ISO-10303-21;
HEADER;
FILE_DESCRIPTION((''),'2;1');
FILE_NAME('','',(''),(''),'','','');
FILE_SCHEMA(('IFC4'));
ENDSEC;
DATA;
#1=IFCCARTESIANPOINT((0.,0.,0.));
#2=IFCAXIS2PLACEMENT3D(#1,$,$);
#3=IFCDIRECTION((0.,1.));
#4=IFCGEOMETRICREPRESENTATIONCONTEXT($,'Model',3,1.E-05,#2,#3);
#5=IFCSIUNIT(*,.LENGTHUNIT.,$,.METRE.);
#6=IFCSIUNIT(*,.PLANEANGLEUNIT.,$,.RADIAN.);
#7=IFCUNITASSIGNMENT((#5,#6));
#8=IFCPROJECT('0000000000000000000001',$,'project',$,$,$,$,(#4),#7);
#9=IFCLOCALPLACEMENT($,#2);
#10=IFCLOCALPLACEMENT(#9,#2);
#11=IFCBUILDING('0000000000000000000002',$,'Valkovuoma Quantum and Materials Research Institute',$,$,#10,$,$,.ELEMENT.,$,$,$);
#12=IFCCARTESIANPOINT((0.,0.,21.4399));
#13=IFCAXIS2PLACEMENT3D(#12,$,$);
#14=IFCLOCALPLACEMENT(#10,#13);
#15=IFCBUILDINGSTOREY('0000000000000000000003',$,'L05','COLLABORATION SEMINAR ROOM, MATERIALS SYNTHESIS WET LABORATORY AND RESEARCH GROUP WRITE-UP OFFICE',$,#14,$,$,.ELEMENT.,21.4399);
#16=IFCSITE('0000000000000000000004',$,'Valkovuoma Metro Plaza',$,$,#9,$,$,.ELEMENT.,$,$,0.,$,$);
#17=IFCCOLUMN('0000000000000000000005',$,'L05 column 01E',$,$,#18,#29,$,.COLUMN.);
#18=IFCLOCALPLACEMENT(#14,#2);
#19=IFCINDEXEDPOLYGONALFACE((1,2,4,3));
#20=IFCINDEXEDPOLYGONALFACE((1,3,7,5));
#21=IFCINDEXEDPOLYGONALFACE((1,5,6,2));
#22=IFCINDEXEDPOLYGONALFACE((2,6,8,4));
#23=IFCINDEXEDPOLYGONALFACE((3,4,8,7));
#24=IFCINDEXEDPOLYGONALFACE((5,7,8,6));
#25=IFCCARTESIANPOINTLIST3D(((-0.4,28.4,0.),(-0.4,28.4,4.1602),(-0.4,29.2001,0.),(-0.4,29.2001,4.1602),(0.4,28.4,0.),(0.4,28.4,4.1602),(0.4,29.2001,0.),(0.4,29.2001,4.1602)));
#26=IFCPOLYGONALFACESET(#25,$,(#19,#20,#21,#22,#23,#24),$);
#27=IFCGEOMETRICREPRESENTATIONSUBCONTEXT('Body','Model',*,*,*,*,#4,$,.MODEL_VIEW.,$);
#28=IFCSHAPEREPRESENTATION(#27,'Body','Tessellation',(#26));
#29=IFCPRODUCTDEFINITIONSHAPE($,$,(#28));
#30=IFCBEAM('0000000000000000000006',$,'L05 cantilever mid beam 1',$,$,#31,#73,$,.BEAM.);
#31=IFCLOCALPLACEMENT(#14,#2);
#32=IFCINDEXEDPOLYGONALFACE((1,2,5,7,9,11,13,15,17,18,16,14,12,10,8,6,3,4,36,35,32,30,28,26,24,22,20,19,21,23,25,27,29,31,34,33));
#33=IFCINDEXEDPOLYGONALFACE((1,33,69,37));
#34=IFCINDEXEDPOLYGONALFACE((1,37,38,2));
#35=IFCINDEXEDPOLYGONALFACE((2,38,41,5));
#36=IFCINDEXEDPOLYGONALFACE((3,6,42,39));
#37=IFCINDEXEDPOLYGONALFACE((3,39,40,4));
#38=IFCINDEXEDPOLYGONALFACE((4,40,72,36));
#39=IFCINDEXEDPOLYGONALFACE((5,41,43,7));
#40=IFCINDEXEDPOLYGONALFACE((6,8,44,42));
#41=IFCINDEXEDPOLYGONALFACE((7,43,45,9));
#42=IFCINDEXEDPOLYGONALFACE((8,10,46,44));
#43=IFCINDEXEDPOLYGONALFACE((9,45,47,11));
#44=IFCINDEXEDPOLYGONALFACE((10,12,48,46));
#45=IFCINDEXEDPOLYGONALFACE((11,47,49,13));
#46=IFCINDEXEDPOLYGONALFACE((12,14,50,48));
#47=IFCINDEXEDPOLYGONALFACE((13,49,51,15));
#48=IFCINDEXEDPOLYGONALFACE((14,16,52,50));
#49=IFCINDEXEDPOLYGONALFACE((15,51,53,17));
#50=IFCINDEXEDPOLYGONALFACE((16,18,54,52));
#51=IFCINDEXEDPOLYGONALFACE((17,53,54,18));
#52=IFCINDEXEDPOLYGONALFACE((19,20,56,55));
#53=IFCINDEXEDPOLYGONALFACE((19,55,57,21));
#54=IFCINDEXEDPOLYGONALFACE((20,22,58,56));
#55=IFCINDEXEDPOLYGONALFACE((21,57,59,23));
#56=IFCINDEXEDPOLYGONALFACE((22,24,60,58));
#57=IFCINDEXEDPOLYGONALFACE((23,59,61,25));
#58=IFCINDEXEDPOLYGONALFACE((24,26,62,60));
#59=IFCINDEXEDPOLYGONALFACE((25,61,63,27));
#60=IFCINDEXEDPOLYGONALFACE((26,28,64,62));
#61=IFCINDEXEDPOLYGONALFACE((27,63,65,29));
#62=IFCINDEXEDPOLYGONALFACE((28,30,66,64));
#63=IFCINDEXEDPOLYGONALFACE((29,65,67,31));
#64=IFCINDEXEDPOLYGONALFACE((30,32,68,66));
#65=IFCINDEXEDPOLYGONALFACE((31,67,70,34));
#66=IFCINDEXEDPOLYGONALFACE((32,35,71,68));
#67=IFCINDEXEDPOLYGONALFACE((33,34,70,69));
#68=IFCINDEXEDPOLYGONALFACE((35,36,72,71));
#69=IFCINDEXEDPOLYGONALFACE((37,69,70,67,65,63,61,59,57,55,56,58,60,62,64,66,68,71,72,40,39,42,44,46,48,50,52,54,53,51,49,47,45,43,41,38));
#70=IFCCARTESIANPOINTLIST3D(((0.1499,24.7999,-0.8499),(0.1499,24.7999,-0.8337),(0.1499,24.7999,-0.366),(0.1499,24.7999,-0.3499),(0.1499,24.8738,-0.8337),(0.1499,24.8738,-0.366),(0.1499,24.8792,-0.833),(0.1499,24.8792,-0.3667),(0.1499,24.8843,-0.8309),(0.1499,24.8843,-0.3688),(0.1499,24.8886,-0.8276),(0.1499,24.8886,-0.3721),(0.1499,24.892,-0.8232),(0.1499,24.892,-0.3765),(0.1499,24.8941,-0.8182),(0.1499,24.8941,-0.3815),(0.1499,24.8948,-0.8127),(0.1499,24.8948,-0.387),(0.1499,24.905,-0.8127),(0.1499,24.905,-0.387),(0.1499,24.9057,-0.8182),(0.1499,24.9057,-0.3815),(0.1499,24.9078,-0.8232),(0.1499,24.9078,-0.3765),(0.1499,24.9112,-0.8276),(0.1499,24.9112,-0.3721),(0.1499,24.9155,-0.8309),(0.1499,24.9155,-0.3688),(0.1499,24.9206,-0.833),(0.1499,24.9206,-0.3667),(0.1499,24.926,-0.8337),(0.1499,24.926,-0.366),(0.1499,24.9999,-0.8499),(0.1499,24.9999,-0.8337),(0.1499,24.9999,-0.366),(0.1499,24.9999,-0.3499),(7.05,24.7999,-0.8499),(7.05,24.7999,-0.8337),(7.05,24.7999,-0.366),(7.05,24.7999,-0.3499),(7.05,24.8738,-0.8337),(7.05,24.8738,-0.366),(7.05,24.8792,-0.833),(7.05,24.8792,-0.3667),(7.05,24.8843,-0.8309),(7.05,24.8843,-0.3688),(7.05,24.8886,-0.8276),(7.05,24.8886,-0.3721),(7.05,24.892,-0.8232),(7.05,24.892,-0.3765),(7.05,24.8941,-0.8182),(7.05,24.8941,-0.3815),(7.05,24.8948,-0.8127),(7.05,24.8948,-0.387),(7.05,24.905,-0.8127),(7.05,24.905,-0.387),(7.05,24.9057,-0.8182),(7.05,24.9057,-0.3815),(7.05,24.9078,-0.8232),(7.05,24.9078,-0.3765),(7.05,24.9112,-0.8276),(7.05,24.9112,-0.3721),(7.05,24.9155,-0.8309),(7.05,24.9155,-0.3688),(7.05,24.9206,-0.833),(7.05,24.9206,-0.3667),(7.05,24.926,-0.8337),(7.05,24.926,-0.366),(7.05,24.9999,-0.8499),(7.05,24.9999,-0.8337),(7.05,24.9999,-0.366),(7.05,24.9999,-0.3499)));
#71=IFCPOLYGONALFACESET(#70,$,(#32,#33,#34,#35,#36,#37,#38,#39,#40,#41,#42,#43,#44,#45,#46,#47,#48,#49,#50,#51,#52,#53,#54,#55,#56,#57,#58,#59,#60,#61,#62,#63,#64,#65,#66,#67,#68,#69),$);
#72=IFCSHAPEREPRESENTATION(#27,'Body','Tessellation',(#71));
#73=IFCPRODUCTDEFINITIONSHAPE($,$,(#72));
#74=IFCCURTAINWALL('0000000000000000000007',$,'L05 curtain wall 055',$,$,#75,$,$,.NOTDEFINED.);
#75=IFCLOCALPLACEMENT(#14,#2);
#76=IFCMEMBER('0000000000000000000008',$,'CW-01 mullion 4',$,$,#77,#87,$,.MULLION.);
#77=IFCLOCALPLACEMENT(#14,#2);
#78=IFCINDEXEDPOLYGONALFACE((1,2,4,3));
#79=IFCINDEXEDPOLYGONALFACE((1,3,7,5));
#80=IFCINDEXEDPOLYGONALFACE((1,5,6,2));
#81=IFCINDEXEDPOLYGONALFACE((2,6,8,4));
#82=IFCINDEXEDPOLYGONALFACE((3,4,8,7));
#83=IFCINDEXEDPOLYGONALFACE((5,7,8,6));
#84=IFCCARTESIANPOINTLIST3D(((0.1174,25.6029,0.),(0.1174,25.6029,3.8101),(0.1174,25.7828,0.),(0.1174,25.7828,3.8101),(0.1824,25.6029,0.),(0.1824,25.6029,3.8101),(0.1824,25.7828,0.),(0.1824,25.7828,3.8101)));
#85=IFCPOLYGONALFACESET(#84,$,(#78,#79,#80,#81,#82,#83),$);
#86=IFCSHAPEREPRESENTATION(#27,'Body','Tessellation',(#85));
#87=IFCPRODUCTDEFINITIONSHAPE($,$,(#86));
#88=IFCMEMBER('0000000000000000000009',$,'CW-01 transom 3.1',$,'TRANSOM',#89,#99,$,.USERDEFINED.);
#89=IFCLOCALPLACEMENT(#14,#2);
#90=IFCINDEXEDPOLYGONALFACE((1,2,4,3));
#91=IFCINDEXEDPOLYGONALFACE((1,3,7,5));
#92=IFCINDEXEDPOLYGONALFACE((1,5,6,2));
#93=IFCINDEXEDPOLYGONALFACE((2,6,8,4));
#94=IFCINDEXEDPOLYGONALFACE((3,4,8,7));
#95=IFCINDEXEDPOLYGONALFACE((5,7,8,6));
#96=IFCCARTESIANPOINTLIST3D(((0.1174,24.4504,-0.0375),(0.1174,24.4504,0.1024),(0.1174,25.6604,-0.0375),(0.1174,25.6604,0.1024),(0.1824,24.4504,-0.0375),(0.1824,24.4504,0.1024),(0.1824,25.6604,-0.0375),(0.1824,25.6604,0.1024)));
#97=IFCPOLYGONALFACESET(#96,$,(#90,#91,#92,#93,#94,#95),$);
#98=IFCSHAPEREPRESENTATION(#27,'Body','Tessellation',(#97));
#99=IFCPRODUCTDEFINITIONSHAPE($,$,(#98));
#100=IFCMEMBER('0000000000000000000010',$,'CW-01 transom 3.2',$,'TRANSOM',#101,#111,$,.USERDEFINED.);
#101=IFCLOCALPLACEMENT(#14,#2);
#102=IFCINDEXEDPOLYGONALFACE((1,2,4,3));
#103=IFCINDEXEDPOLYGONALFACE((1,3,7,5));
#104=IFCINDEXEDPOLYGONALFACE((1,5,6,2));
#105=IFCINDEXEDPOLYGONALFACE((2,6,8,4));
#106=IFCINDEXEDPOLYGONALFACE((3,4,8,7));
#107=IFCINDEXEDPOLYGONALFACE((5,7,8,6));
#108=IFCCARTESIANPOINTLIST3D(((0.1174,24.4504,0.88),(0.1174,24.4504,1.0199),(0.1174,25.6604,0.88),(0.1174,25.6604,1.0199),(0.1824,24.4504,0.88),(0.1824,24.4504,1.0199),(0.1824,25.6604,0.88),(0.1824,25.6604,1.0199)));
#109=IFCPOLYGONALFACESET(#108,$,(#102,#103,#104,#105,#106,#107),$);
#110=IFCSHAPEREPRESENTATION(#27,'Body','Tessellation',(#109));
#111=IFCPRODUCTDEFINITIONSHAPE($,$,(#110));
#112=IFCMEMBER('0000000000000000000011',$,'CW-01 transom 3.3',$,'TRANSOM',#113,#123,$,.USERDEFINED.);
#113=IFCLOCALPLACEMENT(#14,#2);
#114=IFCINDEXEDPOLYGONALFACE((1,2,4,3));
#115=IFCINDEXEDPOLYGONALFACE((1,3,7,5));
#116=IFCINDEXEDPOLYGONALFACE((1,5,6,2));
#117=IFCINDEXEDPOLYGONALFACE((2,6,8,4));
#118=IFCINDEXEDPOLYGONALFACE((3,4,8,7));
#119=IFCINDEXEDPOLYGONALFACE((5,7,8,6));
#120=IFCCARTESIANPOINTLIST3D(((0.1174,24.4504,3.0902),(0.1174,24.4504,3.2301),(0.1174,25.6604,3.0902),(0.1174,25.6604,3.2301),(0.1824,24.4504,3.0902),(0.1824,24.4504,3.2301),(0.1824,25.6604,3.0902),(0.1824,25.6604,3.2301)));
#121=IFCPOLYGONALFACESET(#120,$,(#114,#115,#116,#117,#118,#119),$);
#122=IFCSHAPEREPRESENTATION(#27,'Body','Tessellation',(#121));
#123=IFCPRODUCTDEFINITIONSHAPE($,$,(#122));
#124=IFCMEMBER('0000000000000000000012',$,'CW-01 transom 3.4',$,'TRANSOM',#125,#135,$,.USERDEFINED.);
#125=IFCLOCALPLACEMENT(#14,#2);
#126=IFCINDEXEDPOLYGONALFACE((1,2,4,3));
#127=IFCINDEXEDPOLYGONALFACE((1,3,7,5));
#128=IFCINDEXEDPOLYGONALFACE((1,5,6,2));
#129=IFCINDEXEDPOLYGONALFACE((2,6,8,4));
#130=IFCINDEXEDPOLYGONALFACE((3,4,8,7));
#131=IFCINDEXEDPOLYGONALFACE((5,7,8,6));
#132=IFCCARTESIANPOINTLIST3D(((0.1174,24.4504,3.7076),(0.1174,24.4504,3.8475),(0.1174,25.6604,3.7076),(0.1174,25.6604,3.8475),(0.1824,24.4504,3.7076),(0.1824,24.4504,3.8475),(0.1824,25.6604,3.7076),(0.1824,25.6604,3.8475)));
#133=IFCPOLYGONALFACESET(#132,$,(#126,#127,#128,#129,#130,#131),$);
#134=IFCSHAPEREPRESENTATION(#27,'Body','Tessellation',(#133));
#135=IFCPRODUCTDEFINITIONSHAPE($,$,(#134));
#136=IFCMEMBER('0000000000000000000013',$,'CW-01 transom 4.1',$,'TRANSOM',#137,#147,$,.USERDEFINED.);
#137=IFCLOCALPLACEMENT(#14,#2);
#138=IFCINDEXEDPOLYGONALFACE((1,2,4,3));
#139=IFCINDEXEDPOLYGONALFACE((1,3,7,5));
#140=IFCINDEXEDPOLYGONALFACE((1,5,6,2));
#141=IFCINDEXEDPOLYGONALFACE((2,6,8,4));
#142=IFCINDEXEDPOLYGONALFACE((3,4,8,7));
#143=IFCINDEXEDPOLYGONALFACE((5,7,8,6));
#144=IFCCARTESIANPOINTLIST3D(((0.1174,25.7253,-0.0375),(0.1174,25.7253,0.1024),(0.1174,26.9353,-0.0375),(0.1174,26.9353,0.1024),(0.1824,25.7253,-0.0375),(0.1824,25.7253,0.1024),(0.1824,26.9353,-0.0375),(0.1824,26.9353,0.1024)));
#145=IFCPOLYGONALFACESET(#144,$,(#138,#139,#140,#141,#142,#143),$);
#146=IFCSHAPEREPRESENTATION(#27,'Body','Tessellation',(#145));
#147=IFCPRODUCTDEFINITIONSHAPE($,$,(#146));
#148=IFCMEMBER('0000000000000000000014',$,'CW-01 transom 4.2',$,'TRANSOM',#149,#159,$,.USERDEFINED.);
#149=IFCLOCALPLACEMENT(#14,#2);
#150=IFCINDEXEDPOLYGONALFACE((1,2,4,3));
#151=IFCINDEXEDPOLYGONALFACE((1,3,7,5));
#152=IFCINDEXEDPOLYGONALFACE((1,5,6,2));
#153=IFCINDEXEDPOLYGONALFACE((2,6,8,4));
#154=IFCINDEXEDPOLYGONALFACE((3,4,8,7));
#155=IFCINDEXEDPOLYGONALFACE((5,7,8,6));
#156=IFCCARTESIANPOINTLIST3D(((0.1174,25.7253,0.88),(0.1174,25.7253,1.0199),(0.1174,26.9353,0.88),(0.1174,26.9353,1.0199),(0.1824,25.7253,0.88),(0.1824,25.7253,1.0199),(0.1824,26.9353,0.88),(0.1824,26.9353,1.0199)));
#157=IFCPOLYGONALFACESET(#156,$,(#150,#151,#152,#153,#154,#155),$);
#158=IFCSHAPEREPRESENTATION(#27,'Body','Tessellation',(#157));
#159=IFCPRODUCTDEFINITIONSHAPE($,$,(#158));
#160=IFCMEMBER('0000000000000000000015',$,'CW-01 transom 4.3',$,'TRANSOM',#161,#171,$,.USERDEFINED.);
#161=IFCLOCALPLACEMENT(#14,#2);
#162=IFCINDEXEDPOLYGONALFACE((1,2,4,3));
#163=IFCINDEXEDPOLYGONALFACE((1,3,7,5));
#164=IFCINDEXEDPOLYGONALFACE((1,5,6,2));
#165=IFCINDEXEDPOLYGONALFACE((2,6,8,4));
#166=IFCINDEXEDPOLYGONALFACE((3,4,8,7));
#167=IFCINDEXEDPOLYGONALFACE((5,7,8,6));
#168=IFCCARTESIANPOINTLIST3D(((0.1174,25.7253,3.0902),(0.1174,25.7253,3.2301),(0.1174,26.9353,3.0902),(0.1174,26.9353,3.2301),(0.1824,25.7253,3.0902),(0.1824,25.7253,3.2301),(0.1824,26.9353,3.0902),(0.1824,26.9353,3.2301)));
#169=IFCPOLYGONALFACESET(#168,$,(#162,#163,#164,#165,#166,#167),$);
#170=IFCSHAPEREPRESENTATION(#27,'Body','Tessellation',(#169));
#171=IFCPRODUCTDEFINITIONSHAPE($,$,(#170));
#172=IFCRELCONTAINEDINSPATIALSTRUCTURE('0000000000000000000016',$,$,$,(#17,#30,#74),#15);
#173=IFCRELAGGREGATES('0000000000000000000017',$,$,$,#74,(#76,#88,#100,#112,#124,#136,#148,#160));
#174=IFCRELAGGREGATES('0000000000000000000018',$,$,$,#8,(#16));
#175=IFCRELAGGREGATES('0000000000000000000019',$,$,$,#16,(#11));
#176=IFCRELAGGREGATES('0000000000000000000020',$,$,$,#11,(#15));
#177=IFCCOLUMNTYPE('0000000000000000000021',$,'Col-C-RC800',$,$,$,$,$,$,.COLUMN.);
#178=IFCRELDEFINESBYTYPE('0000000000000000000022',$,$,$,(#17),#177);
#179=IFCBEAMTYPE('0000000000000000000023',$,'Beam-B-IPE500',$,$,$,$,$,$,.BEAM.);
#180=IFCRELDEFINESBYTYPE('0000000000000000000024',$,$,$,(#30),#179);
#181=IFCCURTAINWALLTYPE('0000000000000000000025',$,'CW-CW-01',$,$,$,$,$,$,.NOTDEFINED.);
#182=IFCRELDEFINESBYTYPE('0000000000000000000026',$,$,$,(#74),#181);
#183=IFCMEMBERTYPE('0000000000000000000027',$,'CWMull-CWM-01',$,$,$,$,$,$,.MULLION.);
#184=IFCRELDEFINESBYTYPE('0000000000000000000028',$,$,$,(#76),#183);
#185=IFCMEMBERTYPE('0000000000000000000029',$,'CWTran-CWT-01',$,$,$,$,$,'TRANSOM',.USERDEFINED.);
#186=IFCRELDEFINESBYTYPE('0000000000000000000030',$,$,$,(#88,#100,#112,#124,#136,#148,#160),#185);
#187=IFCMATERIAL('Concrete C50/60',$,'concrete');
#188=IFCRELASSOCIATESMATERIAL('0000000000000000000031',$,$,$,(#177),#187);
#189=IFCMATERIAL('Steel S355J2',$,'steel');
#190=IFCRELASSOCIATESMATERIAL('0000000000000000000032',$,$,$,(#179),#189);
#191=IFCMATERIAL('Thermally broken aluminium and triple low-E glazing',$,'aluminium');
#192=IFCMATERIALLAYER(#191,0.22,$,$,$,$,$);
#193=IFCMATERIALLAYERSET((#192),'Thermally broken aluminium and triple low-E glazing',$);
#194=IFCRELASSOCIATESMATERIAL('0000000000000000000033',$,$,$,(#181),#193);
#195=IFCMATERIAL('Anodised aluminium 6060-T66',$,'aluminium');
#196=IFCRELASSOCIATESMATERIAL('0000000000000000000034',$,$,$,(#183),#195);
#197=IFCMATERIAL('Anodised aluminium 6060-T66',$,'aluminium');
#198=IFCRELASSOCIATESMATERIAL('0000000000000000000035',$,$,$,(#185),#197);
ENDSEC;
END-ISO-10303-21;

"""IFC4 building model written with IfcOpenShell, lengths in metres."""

from ifc_helpers import new_model, si_unit, direction, frame, origin, origin_2d, place, context, subcontext, project, spatial, rectangle, i_section, extrude, material, layer, layer_set, material_profile, profile_set, type_object, element, aggregate, save


model = new_model("IFC4")

# Units and contexts
model_context = context("Model", 3, precision=1e-05, world=origin(), true_north=direction((0.0, 1.0)))
body_context = subcontext(model_context, "Body", "Model", "MODEL_VIEW")
ifc_project = project(units=[si_unit("LENGTHUNIT", "METRE"), si_unit("PLANEANGLEUNIT", "RADIAN")], contexts=[model_context])

# Site, building, storey
site_placement = place(None, origin())
site = spatial("IfcSite", under=ifc_project, at=site_placement, Name="Valkovuoma Metro Plaza", CompositionType="ELEMENT", RefElevation=0.0)
building_placement = place(site_placement, origin())
building = spatial("IfcBuilding", under=site, at=building_placement, Name="Valkovuoma Quantum and Materials Research Institute", CompositionType="ELEMENT")
storey_placement = place(building_placement, frame((0.0, 0.0, 21.4399)))
storey = spatial("IfcBuildingStorey", under=building, at=storey_placement, Name="L05", Description="COLLABORATION SEMINAR ROOM, MATERIALS SYNTHESIS WET LABORATORY AND RESEARCH GROUP WRITE-UP OFFICE", CompositionType="ELEMENT", Elevation=21.4399)

# Column
ifc_material_1 = material(Name="Concrete C50/60", Category="concrete")
ifc_material_profile_1 = material_profile(ifc_material_1, rectangle(XDim=0.8, YDim=0.8, at=origin_2d()), Name="Concrete C50/60")
ifc_profile_set_1 = profile_set([ifc_material_profile_1], Name="Concrete C50/60")
column_type = type_object("IfcColumnType", Name="Col-C-RC800", PredefinedType="COLUMN", material=ifc_profile_set_1)
column_placement = place(storey_placement, frame((0.0, 28.8, 0.0), z_axis=(0.0, 0.0, 1.0), x_axis=(1.0, 0.0, 0.0)))
element("IfcColumn", 1, at=column_placement, inside=storey, type_object=column_type, Name="L05 column 01E", PredefinedType="COLUMN", context=body_context, shape_type="SweptSolid", body=[
    extrude(rectangle(XDim=0.8, YDim=0.8, at=origin_2d()), origin(), (0.0, 0.0, 1.0), 4.1602),
])

# Beam
ifc_material_2 = material(Name="Steel S355J2", Category="steel")
ifc_material_profile_2 = material_profile(ifc_material_2, i_section(OverallWidth=0.2, OverallDepth=0.5, WebThickness=0.0103, FlangeThickness=0.0161, FilletRadius=0.021, at=origin_2d()), Name="Steel S355J2")
ifc_profile_set_2 = profile_set([ifc_material_profile_2], Name="Steel S355J2")
beam_type = type_object("IfcBeamType", Name="Beam-B-IPE500", PredefinedType="BEAM", material=ifc_profile_set_2)
beam_placement = place(storey_placement, frame((0.1499, 24.8999, -0.5999), z_axis=(1.0, 0.0, 0.0), x_axis=(0.0, 1.0, 0.0)))
element("IfcBeam", 2, at=beam_placement, inside=storey, type_object=beam_type, Name="L05 cantilever mid beam 1", PredefinedType="BEAM", context=body_context, shape_type="SweptSolid", body=[
    extrude(i_section(OverallWidth=0.2, OverallDepth=0.5, WebThickness=0.0103, FlangeThickness=0.0161, FilletRadius=0.021, at=origin_2d()), origin(), (0.0, 0.0, 1.0), 6.9001),
])

# Curtain wall, members
ifc_material_3 = material(Name="Thermally broken aluminium and triple low-E glazing", Category="aluminium")
ifc_layer_1 = layer(ifc_material_3, 0.22)
ifc_layer_set_1 = layer_set([ifc_layer_1], Name="Thermally broken aluminium and triple low-E glazing")
curtain_wall_type = type_object("IfcCurtainWallType", Name="CW-CW-01", PredefinedType="NOTDEFINED", material=ifc_layer_set_1)
curtain_wall_placement = place(storey_placement, origin())
curtain_wall = element("IfcCurtainWall", 3, at=curtain_wall_placement, inside=storey, type_object=curtain_wall_type, Name="L05 curtain wall 055", PredefinedType="NOTDEFINED")
ifc_material_4 = material(Name="Anodised aluminium 6060-T66", Category="aluminium")
ifc_material_profile_3 = material_profile(ifc_material_4, rectangle(XDim=0.0649, YDim=0.1799, at=origin_2d()), Name="Anodised aluminium 6060-T66")
ifc_profile_set_3 = profile_set([ifc_material_profile_3], Name="Anodised aluminium 6060-T66")
member_type_1 = type_object("IfcMemberType", Name="CWMull-CWM-01", PredefinedType="MULLION", material=ifc_profile_set_3)
member_1_placement = place(storey_placement, frame((0.1499, 25.6929, 0.0), z_axis=(0.0, 0.0, 1.0), x_axis=(-1.0, 0.0, 0.0)))
member_1 = element("IfcMember", 4, at=member_1_placement, type_object=member_type_1, Name="CW-01 mullion 4", PredefinedType="MULLION", context=body_context, shape_type="SweptSolid", body=[
    extrude(rectangle(XDim=0.0649, YDim=0.1799, at=origin_2d()), origin(), (0.0, 0.0, 1.0), 3.8101),
])
ifc_material_5 = material(Name="Anodised aluminium 6060-T66", Category="aluminium")
ifc_material_profile_4 = material_profile(ifc_material_5, rectangle(XDim=0.0649, YDim=0.1399, at=origin_2d()), Name="Anodised aluminium 6060-T66")
ifc_profile_set_4 = profile_set([ifc_material_profile_4], Name="Anodised aluminium 6060-T66")
member_type_2 = type_object("IfcMemberType", Name="CWTran-CWT-01", ElementType="TRANSOM", PredefinedType="USERDEFINED", material=ifc_profile_set_4)
member_2_placement = place(storey_placement, frame((0.1499, 24.4504, 0.0325), z_axis=(0.0, 1.0, 0.0), x_axis=(-1.0, 0.0, 0.0)))
member_2 = element("IfcMember", 5, at=member_2_placement, type_object=member_type_2, Name="CW-01 transom 3.1", ObjectType="TRANSOM", PredefinedType="USERDEFINED", context=body_context, shape_type="SweptSolid", body=[
    extrude(rectangle(XDim=0.0649, YDim=0.1399, at=origin_2d()), origin(), (0.0, 0.0, 1.0), 1.21),
])
member_3_placement = place(storey_placement, frame((0.1499, 24.4504, 0.95), z_axis=(0.0, 1.0, 0.0), x_axis=(-1.0, 0.0, 0.0)))
member_3 = element("IfcMember", 6, at=member_3_placement, type_object=member_type_2, Name="CW-01 transom 3.2", ObjectType="TRANSOM", PredefinedType="USERDEFINED", context=body_context, shape_type="SweptSolid", body=[
    extrude(rectangle(XDim=0.0649, YDim=0.1399, at=origin_2d()), origin(), (0.0, 0.0, 1.0), 1.21),
])
member_4_placement = place(storey_placement, frame((0.1499, 24.4504, 3.1602), z_axis=(0.0, 1.0, 0.0), x_axis=(-1.0, 0.0, 0.0)))
member_4 = element("IfcMember", 7, at=member_4_placement, type_object=member_type_2, Name="CW-01 transom 3.3", ObjectType="TRANSOM", PredefinedType="USERDEFINED", context=body_context, shape_type="SweptSolid", body=[
    extrude(rectangle(XDim=0.0649, YDim=0.1399, at=origin_2d()), origin(), (0.0, 0.0, 1.0), 1.21),
])
member_5_placement = place(storey_placement, frame((0.1499, 24.4504, 3.7776), z_axis=(0.0, 1.0, 0.0), x_axis=(-1.0, 0.0, 0.0)))
member_5 = element("IfcMember", 8, at=member_5_placement, type_object=member_type_2, Name="CW-01 transom 3.4", ObjectType="TRANSOM", PredefinedType="USERDEFINED", context=body_context, shape_type="SweptSolid", body=[
    extrude(rectangle(XDim=0.0649, YDim=0.1399, at=origin_2d()), origin(), (0.0, 0.0, 1.0), 1.21),
])
member_6_placement = place(storey_placement, frame((0.1499, 25.7253, 0.0325), z_axis=(0.0, 1.0, 0.0), x_axis=(-1.0, 0.0, 0.0)))
member_6 = element("IfcMember", 9, at=member_6_placement, type_object=member_type_2, Name="CW-01 transom 4.1", ObjectType="TRANSOM", PredefinedType="USERDEFINED", context=body_context, shape_type="SweptSolid", body=[
    extrude(rectangle(XDim=0.0649, YDim=0.1399, at=origin_2d()), origin(), (0.0, 0.0, 1.0), 1.21),
])
member_7_placement = place(storey_placement, frame((0.1499, 25.7253, 0.95), z_axis=(0.0, 1.0, 0.0), x_axis=(-1.0, 0.0, 0.0)))
member_7 = element("IfcMember", 10, at=member_7_placement, type_object=member_type_2, Name="CW-01 transom 4.2", ObjectType="TRANSOM", PredefinedType="USERDEFINED", context=body_context, shape_type="SweptSolid", body=[
    extrude(rectangle(XDim=0.0649, YDim=0.1399, at=origin_2d()), origin(), (0.0, 0.0, 1.0), 1.21),
])
member_8_placement = place(storey_placement, frame((0.1499, 25.7253, 3.1602), z_axis=(0.0, 1.0, 0.0), x_axis=(-1.0, 0.0, 0.0)))
member_8 = element("IfcMember", 11, at=member_8_placement, type_object=member_type_2, Name="CW-01 transom 4.3", ObjectType="TRANSOM", PredefinedType="USERDEFINED", context=body_context, shape_type="SweptSolid", body=[
    extrude(rectangle(XDim=0.0649, YDim=0.1399, at=origin_2d()), origin(), (0.0, 0.0, 1.0), 1.21),
])

aggregate(curtain_wall, [member_1, member_2, member_3, member_4, member_5, member_6, member_7, member_8])

save(model, "model.ifc")
